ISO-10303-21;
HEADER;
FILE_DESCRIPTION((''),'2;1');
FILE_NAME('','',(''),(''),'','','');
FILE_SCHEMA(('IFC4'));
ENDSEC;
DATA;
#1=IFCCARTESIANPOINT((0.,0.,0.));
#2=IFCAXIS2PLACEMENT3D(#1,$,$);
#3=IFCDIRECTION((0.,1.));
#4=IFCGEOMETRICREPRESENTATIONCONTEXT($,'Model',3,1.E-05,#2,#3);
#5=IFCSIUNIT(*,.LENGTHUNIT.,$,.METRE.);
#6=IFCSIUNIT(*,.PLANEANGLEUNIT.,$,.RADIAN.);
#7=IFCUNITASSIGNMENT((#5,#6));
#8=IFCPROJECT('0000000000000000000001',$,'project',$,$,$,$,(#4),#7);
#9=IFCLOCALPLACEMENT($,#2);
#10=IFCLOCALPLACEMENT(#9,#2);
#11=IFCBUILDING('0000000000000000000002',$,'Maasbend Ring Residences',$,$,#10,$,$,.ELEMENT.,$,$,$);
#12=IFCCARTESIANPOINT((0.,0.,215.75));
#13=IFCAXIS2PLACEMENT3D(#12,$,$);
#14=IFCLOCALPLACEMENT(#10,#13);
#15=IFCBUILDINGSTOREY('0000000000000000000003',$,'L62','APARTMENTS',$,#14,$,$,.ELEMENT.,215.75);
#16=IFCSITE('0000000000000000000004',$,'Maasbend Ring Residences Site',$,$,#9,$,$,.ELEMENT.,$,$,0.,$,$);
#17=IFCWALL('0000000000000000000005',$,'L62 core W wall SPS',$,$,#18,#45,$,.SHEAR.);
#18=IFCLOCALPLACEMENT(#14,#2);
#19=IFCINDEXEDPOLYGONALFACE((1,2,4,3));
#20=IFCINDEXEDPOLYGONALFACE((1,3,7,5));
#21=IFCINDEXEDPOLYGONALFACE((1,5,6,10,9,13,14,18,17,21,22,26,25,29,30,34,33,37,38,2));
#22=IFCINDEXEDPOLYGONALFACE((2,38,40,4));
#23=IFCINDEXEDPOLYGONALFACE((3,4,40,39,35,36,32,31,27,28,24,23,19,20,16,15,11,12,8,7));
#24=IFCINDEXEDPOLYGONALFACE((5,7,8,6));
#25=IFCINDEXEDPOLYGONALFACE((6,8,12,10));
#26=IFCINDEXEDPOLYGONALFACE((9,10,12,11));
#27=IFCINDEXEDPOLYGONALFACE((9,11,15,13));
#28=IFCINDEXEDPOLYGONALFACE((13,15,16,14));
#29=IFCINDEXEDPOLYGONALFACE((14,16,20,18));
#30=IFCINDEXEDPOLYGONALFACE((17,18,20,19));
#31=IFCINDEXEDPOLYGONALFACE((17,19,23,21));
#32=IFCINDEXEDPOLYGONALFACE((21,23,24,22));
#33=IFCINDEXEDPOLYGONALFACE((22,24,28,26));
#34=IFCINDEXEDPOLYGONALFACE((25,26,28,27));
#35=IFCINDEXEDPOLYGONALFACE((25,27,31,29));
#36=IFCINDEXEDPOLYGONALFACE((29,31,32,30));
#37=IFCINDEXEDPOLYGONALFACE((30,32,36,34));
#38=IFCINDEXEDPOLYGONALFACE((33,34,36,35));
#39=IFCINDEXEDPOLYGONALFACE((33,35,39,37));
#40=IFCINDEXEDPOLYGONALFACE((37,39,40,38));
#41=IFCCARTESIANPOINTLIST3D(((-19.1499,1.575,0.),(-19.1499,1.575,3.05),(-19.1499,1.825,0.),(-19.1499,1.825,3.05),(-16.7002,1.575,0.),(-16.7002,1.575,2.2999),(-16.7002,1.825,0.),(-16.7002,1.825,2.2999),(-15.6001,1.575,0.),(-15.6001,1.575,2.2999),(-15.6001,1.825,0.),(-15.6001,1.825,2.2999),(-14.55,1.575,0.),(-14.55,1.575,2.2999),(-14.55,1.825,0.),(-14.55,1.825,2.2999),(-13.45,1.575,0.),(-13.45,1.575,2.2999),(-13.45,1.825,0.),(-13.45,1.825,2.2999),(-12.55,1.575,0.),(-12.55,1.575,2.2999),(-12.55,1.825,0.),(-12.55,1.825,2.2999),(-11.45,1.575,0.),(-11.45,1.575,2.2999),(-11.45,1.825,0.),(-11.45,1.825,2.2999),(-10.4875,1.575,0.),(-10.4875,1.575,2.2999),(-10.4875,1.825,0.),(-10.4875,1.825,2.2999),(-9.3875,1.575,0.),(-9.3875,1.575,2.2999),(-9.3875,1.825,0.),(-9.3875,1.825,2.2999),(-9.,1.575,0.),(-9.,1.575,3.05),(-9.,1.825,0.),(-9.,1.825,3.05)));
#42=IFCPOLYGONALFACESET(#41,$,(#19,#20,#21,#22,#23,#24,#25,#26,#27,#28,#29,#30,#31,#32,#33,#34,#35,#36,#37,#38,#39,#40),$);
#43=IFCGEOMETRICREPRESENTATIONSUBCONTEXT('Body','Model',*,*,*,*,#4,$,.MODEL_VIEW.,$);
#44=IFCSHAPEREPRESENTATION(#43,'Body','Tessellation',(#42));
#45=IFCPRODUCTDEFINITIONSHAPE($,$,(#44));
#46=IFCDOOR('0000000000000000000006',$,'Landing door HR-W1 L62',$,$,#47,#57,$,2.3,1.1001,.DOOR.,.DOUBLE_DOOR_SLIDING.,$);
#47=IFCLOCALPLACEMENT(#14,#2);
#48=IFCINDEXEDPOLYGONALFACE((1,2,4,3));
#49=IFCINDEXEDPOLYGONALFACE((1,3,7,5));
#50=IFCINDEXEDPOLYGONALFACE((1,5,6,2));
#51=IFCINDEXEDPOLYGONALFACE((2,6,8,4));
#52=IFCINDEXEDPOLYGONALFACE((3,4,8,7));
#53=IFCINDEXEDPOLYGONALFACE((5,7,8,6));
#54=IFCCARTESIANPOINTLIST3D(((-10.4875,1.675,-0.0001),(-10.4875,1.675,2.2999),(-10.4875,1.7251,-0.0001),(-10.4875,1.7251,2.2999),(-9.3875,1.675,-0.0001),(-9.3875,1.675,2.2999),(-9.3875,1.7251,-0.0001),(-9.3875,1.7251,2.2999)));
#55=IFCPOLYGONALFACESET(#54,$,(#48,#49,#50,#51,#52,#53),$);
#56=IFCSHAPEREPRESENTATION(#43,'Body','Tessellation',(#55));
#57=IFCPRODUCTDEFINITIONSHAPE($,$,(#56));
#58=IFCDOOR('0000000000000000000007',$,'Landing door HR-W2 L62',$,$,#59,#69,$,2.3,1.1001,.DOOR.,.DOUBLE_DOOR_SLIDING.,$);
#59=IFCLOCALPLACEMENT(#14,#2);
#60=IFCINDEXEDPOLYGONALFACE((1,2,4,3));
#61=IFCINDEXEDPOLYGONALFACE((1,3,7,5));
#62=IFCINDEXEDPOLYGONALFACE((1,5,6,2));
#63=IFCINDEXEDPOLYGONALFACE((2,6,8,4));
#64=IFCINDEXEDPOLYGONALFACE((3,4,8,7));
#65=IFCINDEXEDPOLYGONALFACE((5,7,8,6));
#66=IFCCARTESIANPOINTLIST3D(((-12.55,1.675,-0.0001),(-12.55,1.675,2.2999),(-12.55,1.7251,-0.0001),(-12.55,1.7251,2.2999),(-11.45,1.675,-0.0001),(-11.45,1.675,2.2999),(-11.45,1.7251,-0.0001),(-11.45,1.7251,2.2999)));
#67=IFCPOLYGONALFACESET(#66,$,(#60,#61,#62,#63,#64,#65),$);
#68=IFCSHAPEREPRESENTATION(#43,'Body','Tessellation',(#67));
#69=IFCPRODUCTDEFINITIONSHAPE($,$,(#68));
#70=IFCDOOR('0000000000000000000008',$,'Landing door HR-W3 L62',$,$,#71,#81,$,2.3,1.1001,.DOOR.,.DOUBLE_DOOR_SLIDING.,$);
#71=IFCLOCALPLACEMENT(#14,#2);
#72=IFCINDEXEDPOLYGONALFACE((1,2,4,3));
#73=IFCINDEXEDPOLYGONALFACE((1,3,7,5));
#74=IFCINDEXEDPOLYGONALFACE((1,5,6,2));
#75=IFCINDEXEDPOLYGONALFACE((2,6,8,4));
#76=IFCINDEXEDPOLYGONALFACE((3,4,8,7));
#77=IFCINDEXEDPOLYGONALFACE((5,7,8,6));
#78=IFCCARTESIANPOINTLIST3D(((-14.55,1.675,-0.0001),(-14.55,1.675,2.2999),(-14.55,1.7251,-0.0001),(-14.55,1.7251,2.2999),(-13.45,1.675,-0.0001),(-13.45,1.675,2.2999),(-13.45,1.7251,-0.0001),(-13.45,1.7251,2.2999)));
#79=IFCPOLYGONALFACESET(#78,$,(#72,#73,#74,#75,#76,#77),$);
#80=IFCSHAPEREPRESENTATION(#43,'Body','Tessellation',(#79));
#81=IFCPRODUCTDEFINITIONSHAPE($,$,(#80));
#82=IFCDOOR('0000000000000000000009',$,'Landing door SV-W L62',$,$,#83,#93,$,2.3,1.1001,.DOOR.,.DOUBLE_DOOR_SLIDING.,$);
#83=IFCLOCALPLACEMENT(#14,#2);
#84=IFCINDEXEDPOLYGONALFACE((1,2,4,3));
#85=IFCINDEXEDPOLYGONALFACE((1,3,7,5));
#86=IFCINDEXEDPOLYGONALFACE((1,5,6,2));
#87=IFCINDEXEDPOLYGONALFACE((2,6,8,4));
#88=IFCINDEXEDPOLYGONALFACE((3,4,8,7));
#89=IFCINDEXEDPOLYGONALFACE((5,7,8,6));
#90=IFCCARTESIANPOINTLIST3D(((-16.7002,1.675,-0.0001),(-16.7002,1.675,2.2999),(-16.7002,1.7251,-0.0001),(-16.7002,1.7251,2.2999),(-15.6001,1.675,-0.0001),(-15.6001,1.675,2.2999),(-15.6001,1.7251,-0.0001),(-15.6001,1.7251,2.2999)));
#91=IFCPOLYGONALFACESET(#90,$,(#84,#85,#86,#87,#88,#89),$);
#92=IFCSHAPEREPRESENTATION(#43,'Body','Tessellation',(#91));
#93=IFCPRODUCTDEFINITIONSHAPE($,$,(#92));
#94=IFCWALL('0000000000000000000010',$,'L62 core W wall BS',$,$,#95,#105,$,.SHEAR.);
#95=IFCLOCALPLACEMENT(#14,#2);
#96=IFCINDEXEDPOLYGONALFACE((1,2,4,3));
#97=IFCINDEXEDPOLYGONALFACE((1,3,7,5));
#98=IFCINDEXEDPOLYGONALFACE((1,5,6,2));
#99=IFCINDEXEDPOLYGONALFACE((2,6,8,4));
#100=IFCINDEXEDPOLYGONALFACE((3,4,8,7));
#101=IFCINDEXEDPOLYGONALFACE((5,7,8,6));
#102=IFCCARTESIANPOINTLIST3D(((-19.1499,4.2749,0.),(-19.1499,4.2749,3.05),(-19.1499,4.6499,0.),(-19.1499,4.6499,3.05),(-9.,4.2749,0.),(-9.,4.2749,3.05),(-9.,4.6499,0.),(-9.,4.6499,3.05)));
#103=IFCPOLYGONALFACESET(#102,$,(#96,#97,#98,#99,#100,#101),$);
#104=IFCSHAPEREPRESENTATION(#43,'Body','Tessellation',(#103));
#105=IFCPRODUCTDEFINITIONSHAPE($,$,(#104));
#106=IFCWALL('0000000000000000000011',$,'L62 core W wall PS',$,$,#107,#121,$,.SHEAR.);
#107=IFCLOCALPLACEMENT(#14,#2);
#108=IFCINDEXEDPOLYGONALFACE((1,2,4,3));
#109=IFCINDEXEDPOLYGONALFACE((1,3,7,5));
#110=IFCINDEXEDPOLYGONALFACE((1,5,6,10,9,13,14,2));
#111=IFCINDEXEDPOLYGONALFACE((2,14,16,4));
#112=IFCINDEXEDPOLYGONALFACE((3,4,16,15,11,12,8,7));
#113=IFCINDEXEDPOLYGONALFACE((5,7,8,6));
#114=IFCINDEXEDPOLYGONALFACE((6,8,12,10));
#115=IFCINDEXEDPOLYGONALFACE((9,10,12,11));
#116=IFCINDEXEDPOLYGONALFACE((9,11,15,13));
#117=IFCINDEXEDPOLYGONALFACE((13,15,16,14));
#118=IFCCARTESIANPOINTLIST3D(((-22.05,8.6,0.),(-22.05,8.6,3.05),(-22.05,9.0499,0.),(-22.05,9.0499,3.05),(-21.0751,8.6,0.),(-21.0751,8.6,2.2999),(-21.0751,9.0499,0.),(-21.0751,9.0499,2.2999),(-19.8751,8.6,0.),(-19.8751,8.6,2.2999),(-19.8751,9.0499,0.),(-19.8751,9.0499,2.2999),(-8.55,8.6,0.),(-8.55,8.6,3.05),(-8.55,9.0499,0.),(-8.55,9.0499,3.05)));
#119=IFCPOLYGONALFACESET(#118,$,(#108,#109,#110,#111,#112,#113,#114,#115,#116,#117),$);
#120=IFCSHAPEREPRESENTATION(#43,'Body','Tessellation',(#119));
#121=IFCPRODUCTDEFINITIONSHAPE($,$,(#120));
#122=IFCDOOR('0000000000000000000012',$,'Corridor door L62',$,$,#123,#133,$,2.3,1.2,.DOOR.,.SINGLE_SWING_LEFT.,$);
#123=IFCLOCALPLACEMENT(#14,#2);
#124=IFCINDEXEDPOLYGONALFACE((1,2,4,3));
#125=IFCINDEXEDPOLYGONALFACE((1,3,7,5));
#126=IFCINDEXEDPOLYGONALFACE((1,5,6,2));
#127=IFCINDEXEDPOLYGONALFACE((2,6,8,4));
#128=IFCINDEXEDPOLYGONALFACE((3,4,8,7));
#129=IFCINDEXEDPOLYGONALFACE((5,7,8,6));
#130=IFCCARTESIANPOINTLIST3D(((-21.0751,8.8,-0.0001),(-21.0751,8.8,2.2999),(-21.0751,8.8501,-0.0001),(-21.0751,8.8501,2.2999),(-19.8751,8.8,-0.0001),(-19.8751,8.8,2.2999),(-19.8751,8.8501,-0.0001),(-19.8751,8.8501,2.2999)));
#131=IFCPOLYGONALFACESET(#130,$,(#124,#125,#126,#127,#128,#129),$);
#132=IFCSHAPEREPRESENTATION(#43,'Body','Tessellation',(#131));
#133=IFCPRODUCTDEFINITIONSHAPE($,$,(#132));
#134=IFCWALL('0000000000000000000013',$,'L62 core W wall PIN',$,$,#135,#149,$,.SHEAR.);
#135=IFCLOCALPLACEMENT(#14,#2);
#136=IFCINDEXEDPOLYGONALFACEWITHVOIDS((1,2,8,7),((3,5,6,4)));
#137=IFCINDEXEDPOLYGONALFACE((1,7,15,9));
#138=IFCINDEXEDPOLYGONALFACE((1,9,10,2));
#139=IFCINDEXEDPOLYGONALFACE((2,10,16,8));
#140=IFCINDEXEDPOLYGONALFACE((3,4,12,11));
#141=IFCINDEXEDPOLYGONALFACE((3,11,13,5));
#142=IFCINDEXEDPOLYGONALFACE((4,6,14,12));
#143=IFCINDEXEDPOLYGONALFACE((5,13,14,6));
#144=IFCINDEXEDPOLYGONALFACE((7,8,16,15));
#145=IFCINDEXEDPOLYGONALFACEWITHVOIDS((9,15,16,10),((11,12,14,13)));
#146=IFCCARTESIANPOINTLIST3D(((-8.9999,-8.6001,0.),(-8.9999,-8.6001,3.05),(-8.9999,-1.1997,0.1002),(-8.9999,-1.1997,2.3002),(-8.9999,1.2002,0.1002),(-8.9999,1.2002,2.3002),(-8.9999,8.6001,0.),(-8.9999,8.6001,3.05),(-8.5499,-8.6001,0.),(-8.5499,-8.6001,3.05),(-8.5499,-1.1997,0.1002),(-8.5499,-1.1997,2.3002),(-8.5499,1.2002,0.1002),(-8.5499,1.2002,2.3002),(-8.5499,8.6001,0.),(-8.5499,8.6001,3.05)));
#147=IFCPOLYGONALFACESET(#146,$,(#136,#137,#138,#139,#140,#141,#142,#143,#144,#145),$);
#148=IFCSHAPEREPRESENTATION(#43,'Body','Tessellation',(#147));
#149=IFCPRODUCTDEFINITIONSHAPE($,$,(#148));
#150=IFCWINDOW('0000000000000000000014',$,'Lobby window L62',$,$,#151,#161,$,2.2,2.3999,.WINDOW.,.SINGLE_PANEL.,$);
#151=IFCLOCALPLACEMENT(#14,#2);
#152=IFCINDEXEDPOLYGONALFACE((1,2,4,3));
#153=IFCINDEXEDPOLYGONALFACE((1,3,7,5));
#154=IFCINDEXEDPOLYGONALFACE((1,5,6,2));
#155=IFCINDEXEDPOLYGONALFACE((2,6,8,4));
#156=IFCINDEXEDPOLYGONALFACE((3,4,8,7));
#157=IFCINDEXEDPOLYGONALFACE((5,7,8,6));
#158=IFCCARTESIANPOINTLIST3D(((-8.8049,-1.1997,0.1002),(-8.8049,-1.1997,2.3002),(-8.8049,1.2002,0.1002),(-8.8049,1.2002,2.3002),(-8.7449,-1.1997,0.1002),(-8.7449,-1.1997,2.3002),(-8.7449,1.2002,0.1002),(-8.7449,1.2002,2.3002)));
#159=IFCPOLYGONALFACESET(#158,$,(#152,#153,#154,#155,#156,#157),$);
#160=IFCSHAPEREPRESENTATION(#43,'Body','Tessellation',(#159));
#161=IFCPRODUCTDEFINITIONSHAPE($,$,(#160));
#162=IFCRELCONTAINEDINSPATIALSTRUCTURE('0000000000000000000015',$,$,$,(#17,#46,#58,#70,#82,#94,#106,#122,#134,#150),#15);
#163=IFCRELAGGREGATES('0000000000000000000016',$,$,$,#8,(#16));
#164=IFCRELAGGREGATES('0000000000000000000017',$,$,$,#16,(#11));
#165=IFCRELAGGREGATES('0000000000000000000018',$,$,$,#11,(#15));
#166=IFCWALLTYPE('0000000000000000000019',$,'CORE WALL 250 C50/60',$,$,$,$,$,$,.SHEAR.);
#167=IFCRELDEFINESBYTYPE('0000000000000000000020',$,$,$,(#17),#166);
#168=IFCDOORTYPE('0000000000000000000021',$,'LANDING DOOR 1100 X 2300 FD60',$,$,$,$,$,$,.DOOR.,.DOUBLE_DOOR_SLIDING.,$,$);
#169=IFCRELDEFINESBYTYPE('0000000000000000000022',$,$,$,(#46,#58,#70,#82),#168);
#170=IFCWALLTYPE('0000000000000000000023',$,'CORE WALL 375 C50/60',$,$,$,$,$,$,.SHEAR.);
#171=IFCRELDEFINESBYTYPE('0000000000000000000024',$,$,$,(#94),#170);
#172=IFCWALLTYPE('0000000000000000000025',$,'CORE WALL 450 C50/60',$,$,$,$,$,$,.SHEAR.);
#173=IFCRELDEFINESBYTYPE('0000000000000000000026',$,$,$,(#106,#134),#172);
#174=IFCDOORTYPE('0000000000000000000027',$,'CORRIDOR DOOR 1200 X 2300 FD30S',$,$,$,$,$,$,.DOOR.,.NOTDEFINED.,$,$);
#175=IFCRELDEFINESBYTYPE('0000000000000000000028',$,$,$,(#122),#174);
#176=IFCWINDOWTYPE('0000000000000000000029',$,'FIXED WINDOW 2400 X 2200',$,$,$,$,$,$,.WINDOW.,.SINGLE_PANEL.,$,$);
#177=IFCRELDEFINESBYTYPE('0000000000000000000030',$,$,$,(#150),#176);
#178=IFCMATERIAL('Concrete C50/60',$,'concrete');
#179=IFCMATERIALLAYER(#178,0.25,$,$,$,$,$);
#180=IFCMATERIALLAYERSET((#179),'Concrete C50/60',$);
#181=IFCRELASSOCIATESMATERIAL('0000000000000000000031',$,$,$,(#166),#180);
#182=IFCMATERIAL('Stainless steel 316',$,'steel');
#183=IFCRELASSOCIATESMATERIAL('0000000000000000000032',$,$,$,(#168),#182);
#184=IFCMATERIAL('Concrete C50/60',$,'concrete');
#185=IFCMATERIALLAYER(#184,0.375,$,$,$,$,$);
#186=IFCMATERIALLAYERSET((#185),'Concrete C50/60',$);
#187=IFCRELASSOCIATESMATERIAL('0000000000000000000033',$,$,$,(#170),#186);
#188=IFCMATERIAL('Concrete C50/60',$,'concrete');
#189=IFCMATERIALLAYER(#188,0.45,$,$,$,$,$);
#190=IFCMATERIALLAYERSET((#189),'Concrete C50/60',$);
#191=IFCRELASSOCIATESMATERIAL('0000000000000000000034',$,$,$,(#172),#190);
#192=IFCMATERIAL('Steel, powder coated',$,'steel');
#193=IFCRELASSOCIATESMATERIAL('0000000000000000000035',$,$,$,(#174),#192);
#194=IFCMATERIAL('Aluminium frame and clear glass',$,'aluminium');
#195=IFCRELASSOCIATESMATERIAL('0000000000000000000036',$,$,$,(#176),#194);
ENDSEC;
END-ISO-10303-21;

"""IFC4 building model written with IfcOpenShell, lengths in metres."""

from ifc_helpers import new_model, si_unit, direction, frame, frame_2d, origin, place, context, subcontext, project, spatial, rectangle, extrude, material, layer, layer_set, type_object, element, fill, save


model = new_model("IFC4")

# Units and contexts
model_context = context("Model", 3, precision=1e-05, world=origin(), true_north=direction((0.0, 1.0)))
body_context = subcontext(model_context, "Body", "Model", "MODEL_VIEW")
ifc_project = project(units=[si_unit("LENGTHUNIT", "METRE"), si_unit("PLANEANGLEUNIT", "RADIAN")], contexts=[model_context])

# Site, building, storey
site_placement = place(None, origin())
site = spatial("IfcSite", under=ifc_project, at=site_placement, Name="Maasbend Ring Residences Site", CompositionType="ELEMENT", RefElevation=0.0)
building_placement = place(site_placement, origin())
building = spatial("IfcBuilding", under=site, at=building_placement, Name="Maasbend Ring Residences", CompositionType="ELEMENT")
storey_placement = place(building_placement, frame((0.0, 0.0, 215.75)))
storey = spatial("IfcBuildingStorey", under=building, at=storey_placement, Name="L62", Description="APARTMENTS", CompositionType="ELEMENT", Elevation=215.75)

# Wall, openings, doors
ifc_material_1 = material(Name="Concrete C50/60", Category="concrete")
ifc_layer_1 = layer(ifc_material_1, 0.25)
ifc_layer_set_1 = layer_set([ifc_layer_1], Name="Concrete C50/60")
wall_type_1 = type_object("IfcWallType", Name="CORE WALL 250 C50/60", PredefinedType="SHEAR", material=ifc_layer_set_1)
wall_1_placement = place(storey_placement, frame((-9.0, 1.7, 0.0), z_axis=(0.0, 0.0, 1.0), x_axis=(-1.0, 0.0, 0.0)))
wall_1 = element("IfcWall", 1, at=wall_1_placement, inside=storey, type_object=wall_type_1, Name="L62 core W wall SPS", PredefinedType="SHEAR", context=body_context, shape_type="SweptSolid", body=[
    extrude(rectangle(XDim=10.1499, YDim=0.25, at=frame_2d((5.075, 0.0))), origin(), (0.0, 0.0, 1.0), 3.05),
])
opening_1_placement = place(wall_1_placement, frame((0.3875, 0.0, 0.0)))
opening_1 = element("IfcOpeningElement", 2, at=opening_1_placement, cuts=wall_1, PredefinedType="OPENING", context=body_context, shape_type="SweptSolid", body=[
    extrude(rectangle(XDim=1.1001, YDim=2.3, at=frame_2d((0.55, 1.1499))), frame((0.0, 0.135, 0.0), z_axis=(0.0, -1.0, 0.0), x_axis=(1.0, 0.0, 0.0)), (0.0, 0.0, 1.0), 0.27),
])
opening_2_placement = place(wall_1_placement, frame((2.45, 0.0, 0.0)))
opening_2 = element("IfcOpeningElement", 3, at=opening_2_placement, cuts=wall_1, PredefinedType="OPENING", context=body_context, shape_type="SweptSolid", body=[
    extrude(rectangle(XDim=1.1001, YDim=2.3, at=frame_2d((0.55, 1.1499))), frame((0.0, 0.135, 0.0), z_axis=(0.0, -1.0, 0.0), x_axis=(1.0, 0.0, 0.0)), (0.0, 0.0, 1.0), 0.27),
])
opening_3_placement = place(wall_1_placement, frame((4.45, 0.0, 0.0)))
opening_3 = element("IfcOpeningElement", 4, at=opening_3_placement, cuts=wall_1, PredefinedType="OPENING", context=body_context, shape_type="SweptSolid", body=[
    extrude(rectangle(XDim=1.1001, YDim=2.3, at=frame_2d((0.55, 1.1499))), frame((0.0, 0.135, 0.0), z_axis=(0.0, -1.0, 0.0), x_axis=(1.0, 0.0, 0.0)), (0.0, 0.0, 1.0), 0.27),
])
opening_4_placement = place(wall_1_placement, frame((6.6001, 0.0, 0.0)))
opening_4 = element("IfcOpeningElement", 5, at=opening_4_placement, cuts=wall_1, PredefinedType="OPENING", context=body_context, shape_type="SweptSolid", body=[
    extrude(rectangle(XDim=1.1001, YDim=2.3, at=frame_2d((0.55, 1.1499))), frame((0.0, 0.135, 0.0), z_axis=(0.0, -1.0, 0.0), x_axis=(1.0, 0.0, 0.0)), (0.0, 0.0, 1.0), 0.27),
])
ifc_material_2 = material(Name="Stainless steel 316", Category="steel")
door_type_1 = type_object("IfcDoorType", Name="LANDING DOOR 1100 X 2300 FD60", OperationType="DOUBLE_DOOR_SLIDING", PredefinedType="DOOR", material=ifc_material_2)
door_1_placement = place(opening_1_placement, origin())
door_1 = element("IfcDoor", 6, at=door_1_placement, inside=storey, type_object=door_type_1, Name="Landing door HR-W1 L62", OperationType="DOUBLE_DOOR_SLIDING", OverallHeight=2.3, OverallWidth=1.1001, PredefinedType="DOOR", context=body_context, shape_type="SweptSolid", body=[
    extrude(rectangle(XDim=1.1001, YDim=2.3, at=frame_2d((0.55, 1.1499))), frame((0.0, 0.0249, 0.0), z_axis=(0.0, -1.0, 0.0), x_axis=(1.0, 0.0, 0.0)), (0.0, 0.0, 1.0), 0.05),
])
fill(opening_1, door_1)
door_2_placement = place(opening_2_placement, origin())
door_2 = element("IfcDoor", 7, at=door_2_placement, inside=storey, type_object=door_type_1, Name="Landing door HR-W2 L62", OperationType="DOUBLE_DOOR_SLIDING", OverallHeight=2.3, OverallWidth=1.1001, PredefinedType="DOOR", context=body_context, shape_type="SweptSolid", body=[
    extrude(rectangle(XDim=1.1001, YDim=2.3, at=frame_2d((0.55, 1.1499))), frame((0.0, 0.0249, 0.0), z_axis=(0.0, -1.0, 0.0), x_axis=(1.0, 0.0, 0.0)), (0.0, 0.0, 1.0), 0.05),
])
fill(opening_2, door_2)
door_3_placement = place(opening_3_placement, origin())
door_3 = element("IfcDoor", 8, at=door_3_placement, inside=storey, type_object=door_type_1, Name="Landing door HR-W3 L62", OperationType="DOUBLE_DOOR_SLIDING", OverallHeight=2.3, OverallWidth=1.1001, PredefinedType="DOOR", context=body_context, shape_type="SweptSolid", body=[
    extrude(rectangle(XDim=1.1001, YDim=2.3, at=frame_2d((0.55, 1.1499))), frame((0.0, 0.0249, 0.0), z_axis=(0.0, -1.0, 0.0), x_axis=(1.0, 0.0, 0.0)), (0.0, 0.0, 1.0), 0.05),
])
fill(opening_3, door_3)
door_4_placement = place(opening_4_placement, origin())
door_4 = element("IfcDoor", 9, at=door_4_placement, inside=storey, type_object=door_type_1, Name="Landing door SV-W L62", OperationType="DOUBLE_DOOR_SLIDING", OverallHeight=2.3, OverallWidth=1.1001, PredefinedType="DOOR", context=body_context, shape_type="SweptSolid", body=[
    extrude(rectangle(XDim=1.1001, YDim=2.3, at=frame_2d((0.55, 1.1499))), frame((0.0, 0.0249, 0.0), z_axis=(0.0, -1.0, 0.0), x_axis=(1.0, 0.0, 0.0)), (0.0, 0.0, 1.0), 0.05),
])
fill(opening_4, door_4)

# Wall
ifc_material_3 = material(Name="Concrete C50/60", Category="concrete")
ifc_layer_2 = layer(ifc_material_3, 0.375)
ifc_layer_set_2 = layer_set([ifc_layer_2], Name="Concrete C50/60")
wall_type_2 = type_object("IfcWallType", Name="CORE WALL 375 C50/60", PredefinedType="SHEAR", material=ifc_layer_set_2)
wall_2_placement = place(storey_placement, frame((-9.0, 4.4624, 0.0), z_axis=(0.0, 0.0, 1.0), x_axis=(-1.0, 0.0, 0.0)))
element("IfcWall", 10, at=wall_2_placement, inside=storey, type_object=wall_type_2, Name="L62 core W wall BS", PredefinedType="SHEAR", context=body_context, shape_type="SweptSolid", body=[
    extrude(rectangle(XDim=10.1499, YDim=0.375, at=frame_2d((5.075, 0.0))), origin(), (0.0, 0.0, 1.0), 3.05),
])

# Wall, opening, door
ifc_material_4 = material(Name="Concrete C50/60", Category="concrete")
ifc_layer_3 = layer(ifc_material_4, 0.45)
ifc_layer_set_3 = layer_set([ifc_layer_3], Name="Concrete C50/60")
wall_type_3 = type_object("IfcWallType", Name="CORE WALL 450 C50/60", PredefinedType="SHEAR", material=ifc_layer_set_3)
wall_3_placement = place(storey_placement, frame((-8.55, 8.825, 0.0), z_axis=(0.0, 0.0, 1.0), x_axis=(-1.0, 0.0, 0.0)))
wall_3 = element("IfcWall", 11, at=wall_3_placement, inside=storey, type_object=wall_type_3, Name="L62 core W wall PS", PredefinedType="SHEAR", context=body_context, shape_type="SweptSolid", body=[
    extrude(rectangle(XDim=13.5, YDim=0.45, at=frame_2d((6.75, 0.0))), origin(), (0.0, 0.0, 1.0), 3.05),
])
opening_5_placement = place(wall_3_placement, frame((11.325, 0.0, 0.0)))
opening_5 = element("IfcOpeningElement", 12, at=opening_5_placement, cuts=wall_3, PredefinedType="OPENING", context=body_context, shape_type="SweptSolid", body=[
    extrude(rectangle(XDim=1.2, YDim=2.3, at=frame_2d((0.6001, 1.1499))), frame((0.0, 0.2349, 0.0), z_axis=(0.0, -1.0, 0.0), x_axis=(1.0, 0.0, 0.0)), (0.0, 0.0, 1.0), 0.47),
])
ifc_material_5 = material(Name="Steel, powder coated", Category="steel")
door_type_2 = type_object("IfcDoorType", Name="CORRIDOR DOOR 1200 X 2300 FD30S", OperationType="NOTDEFINED", PredefinedType="DOOR", material=ifc_material_5)
door_5_placement = place(opening_5_placement, origin())
door_5 = element("IfcDoor", 13, at=door_5_placement, inside=storey, type_object=door_type_2, Name="Corridor door L62", OperationType="SINGLE_SWING_LEFT", OverallHeight=2.3, OverallWidth=1.2, PredefinedType="DOOR", context=body_context, shape_type="SweptSolid", body=[
    extrude(rectangle(XDim=1.2, YDim=2.3, at=frame_2d((0.6001, 1.1499))), frame((0.0, 0.0249, 0.0), z_axis=(0.0, -1.0, 0.0), x_axis=(1.0, 0.0, 0.0)), (0.0, 0.0, 1.0), 0.05),
])
fill(opening_5, door_5)

# Wall, opening, window
wall_4_placement = place(storey_placement, frame((-8.7749, 8.6001, 0.0), z_axis=(0.0, 0.0, 1.0), x_axis=(0.0, -1.0, 0.0)))
wall_4 = element("IfcWall", 14, at=wall_4_placement, inside=storey, type_object=wall_type_3, Name="L62 core W wall PIN", PredefinedType="SHEAR", context=body_context, shape_type="SweptSolid", body=[
    extrude(rectangle(XDim=17.2002, YDim=0.45, at=frame_2d((8.6001, 0.0))), origin(), (0.0, 0.0, 1.0), 3.05),
])
opening_6_placement = place(wall_4_placement, frame((7.3999, 0.0, 0.1001)))
opening_6 = element("IfcOpeningElement", 15, at=opening_6_placement, cuts=wall_4, PredefinedType="OPENING", context=body_context, shape_type="SweptSolid", body=[
    extrude(rectangle(XDim=2.3999, YDim=2.2, at=frame_2d((1.2, 1.1001))), frame((0.0, 0.2349, 0.0), z_axis=(0.0, -1.0, 0.0), x_axis=(1.0, 0.0, 0.0)), (0.0, 0.0, 1.0), 0.47),
])
ifc_material_6 = material(Name="Aluminium frame and clear glass", Category="aluminium")
window_type = type_object("IfcWindowType", Name="FIXED WINDOW 2400 X 2200", PartitioningType="SINGLE_PANEL", PredefinedType="WINDOW", material=ifc_material_6)
window_placement = place(opening_6_placement, origin())
window = element("IfcWindow", 16, at=window_placement, inside=storey, type_object=window_type, Name="Lobby window L62", OverallHeight=2.2, OverallWidth=2.3999, PartitioningType="SINGLE_PANEL", PredefinedType="WINDOW", context=body_context, shape_type="SweptSolid", body=[
    extrude(rectangle(XDim=2.3999, YDim=2.2, at=frame_2d((1.2, 1.1001))), frame((0.0, 0.03, 0.0), z_axis=(0.0, -1.0, 0.0), x_axis=(1.0, 0.0, 0.0)), (0.0, 0.0, 1.0), 0.0601),
])
fill(opening_6, window)

save(model, "model.ifc")
